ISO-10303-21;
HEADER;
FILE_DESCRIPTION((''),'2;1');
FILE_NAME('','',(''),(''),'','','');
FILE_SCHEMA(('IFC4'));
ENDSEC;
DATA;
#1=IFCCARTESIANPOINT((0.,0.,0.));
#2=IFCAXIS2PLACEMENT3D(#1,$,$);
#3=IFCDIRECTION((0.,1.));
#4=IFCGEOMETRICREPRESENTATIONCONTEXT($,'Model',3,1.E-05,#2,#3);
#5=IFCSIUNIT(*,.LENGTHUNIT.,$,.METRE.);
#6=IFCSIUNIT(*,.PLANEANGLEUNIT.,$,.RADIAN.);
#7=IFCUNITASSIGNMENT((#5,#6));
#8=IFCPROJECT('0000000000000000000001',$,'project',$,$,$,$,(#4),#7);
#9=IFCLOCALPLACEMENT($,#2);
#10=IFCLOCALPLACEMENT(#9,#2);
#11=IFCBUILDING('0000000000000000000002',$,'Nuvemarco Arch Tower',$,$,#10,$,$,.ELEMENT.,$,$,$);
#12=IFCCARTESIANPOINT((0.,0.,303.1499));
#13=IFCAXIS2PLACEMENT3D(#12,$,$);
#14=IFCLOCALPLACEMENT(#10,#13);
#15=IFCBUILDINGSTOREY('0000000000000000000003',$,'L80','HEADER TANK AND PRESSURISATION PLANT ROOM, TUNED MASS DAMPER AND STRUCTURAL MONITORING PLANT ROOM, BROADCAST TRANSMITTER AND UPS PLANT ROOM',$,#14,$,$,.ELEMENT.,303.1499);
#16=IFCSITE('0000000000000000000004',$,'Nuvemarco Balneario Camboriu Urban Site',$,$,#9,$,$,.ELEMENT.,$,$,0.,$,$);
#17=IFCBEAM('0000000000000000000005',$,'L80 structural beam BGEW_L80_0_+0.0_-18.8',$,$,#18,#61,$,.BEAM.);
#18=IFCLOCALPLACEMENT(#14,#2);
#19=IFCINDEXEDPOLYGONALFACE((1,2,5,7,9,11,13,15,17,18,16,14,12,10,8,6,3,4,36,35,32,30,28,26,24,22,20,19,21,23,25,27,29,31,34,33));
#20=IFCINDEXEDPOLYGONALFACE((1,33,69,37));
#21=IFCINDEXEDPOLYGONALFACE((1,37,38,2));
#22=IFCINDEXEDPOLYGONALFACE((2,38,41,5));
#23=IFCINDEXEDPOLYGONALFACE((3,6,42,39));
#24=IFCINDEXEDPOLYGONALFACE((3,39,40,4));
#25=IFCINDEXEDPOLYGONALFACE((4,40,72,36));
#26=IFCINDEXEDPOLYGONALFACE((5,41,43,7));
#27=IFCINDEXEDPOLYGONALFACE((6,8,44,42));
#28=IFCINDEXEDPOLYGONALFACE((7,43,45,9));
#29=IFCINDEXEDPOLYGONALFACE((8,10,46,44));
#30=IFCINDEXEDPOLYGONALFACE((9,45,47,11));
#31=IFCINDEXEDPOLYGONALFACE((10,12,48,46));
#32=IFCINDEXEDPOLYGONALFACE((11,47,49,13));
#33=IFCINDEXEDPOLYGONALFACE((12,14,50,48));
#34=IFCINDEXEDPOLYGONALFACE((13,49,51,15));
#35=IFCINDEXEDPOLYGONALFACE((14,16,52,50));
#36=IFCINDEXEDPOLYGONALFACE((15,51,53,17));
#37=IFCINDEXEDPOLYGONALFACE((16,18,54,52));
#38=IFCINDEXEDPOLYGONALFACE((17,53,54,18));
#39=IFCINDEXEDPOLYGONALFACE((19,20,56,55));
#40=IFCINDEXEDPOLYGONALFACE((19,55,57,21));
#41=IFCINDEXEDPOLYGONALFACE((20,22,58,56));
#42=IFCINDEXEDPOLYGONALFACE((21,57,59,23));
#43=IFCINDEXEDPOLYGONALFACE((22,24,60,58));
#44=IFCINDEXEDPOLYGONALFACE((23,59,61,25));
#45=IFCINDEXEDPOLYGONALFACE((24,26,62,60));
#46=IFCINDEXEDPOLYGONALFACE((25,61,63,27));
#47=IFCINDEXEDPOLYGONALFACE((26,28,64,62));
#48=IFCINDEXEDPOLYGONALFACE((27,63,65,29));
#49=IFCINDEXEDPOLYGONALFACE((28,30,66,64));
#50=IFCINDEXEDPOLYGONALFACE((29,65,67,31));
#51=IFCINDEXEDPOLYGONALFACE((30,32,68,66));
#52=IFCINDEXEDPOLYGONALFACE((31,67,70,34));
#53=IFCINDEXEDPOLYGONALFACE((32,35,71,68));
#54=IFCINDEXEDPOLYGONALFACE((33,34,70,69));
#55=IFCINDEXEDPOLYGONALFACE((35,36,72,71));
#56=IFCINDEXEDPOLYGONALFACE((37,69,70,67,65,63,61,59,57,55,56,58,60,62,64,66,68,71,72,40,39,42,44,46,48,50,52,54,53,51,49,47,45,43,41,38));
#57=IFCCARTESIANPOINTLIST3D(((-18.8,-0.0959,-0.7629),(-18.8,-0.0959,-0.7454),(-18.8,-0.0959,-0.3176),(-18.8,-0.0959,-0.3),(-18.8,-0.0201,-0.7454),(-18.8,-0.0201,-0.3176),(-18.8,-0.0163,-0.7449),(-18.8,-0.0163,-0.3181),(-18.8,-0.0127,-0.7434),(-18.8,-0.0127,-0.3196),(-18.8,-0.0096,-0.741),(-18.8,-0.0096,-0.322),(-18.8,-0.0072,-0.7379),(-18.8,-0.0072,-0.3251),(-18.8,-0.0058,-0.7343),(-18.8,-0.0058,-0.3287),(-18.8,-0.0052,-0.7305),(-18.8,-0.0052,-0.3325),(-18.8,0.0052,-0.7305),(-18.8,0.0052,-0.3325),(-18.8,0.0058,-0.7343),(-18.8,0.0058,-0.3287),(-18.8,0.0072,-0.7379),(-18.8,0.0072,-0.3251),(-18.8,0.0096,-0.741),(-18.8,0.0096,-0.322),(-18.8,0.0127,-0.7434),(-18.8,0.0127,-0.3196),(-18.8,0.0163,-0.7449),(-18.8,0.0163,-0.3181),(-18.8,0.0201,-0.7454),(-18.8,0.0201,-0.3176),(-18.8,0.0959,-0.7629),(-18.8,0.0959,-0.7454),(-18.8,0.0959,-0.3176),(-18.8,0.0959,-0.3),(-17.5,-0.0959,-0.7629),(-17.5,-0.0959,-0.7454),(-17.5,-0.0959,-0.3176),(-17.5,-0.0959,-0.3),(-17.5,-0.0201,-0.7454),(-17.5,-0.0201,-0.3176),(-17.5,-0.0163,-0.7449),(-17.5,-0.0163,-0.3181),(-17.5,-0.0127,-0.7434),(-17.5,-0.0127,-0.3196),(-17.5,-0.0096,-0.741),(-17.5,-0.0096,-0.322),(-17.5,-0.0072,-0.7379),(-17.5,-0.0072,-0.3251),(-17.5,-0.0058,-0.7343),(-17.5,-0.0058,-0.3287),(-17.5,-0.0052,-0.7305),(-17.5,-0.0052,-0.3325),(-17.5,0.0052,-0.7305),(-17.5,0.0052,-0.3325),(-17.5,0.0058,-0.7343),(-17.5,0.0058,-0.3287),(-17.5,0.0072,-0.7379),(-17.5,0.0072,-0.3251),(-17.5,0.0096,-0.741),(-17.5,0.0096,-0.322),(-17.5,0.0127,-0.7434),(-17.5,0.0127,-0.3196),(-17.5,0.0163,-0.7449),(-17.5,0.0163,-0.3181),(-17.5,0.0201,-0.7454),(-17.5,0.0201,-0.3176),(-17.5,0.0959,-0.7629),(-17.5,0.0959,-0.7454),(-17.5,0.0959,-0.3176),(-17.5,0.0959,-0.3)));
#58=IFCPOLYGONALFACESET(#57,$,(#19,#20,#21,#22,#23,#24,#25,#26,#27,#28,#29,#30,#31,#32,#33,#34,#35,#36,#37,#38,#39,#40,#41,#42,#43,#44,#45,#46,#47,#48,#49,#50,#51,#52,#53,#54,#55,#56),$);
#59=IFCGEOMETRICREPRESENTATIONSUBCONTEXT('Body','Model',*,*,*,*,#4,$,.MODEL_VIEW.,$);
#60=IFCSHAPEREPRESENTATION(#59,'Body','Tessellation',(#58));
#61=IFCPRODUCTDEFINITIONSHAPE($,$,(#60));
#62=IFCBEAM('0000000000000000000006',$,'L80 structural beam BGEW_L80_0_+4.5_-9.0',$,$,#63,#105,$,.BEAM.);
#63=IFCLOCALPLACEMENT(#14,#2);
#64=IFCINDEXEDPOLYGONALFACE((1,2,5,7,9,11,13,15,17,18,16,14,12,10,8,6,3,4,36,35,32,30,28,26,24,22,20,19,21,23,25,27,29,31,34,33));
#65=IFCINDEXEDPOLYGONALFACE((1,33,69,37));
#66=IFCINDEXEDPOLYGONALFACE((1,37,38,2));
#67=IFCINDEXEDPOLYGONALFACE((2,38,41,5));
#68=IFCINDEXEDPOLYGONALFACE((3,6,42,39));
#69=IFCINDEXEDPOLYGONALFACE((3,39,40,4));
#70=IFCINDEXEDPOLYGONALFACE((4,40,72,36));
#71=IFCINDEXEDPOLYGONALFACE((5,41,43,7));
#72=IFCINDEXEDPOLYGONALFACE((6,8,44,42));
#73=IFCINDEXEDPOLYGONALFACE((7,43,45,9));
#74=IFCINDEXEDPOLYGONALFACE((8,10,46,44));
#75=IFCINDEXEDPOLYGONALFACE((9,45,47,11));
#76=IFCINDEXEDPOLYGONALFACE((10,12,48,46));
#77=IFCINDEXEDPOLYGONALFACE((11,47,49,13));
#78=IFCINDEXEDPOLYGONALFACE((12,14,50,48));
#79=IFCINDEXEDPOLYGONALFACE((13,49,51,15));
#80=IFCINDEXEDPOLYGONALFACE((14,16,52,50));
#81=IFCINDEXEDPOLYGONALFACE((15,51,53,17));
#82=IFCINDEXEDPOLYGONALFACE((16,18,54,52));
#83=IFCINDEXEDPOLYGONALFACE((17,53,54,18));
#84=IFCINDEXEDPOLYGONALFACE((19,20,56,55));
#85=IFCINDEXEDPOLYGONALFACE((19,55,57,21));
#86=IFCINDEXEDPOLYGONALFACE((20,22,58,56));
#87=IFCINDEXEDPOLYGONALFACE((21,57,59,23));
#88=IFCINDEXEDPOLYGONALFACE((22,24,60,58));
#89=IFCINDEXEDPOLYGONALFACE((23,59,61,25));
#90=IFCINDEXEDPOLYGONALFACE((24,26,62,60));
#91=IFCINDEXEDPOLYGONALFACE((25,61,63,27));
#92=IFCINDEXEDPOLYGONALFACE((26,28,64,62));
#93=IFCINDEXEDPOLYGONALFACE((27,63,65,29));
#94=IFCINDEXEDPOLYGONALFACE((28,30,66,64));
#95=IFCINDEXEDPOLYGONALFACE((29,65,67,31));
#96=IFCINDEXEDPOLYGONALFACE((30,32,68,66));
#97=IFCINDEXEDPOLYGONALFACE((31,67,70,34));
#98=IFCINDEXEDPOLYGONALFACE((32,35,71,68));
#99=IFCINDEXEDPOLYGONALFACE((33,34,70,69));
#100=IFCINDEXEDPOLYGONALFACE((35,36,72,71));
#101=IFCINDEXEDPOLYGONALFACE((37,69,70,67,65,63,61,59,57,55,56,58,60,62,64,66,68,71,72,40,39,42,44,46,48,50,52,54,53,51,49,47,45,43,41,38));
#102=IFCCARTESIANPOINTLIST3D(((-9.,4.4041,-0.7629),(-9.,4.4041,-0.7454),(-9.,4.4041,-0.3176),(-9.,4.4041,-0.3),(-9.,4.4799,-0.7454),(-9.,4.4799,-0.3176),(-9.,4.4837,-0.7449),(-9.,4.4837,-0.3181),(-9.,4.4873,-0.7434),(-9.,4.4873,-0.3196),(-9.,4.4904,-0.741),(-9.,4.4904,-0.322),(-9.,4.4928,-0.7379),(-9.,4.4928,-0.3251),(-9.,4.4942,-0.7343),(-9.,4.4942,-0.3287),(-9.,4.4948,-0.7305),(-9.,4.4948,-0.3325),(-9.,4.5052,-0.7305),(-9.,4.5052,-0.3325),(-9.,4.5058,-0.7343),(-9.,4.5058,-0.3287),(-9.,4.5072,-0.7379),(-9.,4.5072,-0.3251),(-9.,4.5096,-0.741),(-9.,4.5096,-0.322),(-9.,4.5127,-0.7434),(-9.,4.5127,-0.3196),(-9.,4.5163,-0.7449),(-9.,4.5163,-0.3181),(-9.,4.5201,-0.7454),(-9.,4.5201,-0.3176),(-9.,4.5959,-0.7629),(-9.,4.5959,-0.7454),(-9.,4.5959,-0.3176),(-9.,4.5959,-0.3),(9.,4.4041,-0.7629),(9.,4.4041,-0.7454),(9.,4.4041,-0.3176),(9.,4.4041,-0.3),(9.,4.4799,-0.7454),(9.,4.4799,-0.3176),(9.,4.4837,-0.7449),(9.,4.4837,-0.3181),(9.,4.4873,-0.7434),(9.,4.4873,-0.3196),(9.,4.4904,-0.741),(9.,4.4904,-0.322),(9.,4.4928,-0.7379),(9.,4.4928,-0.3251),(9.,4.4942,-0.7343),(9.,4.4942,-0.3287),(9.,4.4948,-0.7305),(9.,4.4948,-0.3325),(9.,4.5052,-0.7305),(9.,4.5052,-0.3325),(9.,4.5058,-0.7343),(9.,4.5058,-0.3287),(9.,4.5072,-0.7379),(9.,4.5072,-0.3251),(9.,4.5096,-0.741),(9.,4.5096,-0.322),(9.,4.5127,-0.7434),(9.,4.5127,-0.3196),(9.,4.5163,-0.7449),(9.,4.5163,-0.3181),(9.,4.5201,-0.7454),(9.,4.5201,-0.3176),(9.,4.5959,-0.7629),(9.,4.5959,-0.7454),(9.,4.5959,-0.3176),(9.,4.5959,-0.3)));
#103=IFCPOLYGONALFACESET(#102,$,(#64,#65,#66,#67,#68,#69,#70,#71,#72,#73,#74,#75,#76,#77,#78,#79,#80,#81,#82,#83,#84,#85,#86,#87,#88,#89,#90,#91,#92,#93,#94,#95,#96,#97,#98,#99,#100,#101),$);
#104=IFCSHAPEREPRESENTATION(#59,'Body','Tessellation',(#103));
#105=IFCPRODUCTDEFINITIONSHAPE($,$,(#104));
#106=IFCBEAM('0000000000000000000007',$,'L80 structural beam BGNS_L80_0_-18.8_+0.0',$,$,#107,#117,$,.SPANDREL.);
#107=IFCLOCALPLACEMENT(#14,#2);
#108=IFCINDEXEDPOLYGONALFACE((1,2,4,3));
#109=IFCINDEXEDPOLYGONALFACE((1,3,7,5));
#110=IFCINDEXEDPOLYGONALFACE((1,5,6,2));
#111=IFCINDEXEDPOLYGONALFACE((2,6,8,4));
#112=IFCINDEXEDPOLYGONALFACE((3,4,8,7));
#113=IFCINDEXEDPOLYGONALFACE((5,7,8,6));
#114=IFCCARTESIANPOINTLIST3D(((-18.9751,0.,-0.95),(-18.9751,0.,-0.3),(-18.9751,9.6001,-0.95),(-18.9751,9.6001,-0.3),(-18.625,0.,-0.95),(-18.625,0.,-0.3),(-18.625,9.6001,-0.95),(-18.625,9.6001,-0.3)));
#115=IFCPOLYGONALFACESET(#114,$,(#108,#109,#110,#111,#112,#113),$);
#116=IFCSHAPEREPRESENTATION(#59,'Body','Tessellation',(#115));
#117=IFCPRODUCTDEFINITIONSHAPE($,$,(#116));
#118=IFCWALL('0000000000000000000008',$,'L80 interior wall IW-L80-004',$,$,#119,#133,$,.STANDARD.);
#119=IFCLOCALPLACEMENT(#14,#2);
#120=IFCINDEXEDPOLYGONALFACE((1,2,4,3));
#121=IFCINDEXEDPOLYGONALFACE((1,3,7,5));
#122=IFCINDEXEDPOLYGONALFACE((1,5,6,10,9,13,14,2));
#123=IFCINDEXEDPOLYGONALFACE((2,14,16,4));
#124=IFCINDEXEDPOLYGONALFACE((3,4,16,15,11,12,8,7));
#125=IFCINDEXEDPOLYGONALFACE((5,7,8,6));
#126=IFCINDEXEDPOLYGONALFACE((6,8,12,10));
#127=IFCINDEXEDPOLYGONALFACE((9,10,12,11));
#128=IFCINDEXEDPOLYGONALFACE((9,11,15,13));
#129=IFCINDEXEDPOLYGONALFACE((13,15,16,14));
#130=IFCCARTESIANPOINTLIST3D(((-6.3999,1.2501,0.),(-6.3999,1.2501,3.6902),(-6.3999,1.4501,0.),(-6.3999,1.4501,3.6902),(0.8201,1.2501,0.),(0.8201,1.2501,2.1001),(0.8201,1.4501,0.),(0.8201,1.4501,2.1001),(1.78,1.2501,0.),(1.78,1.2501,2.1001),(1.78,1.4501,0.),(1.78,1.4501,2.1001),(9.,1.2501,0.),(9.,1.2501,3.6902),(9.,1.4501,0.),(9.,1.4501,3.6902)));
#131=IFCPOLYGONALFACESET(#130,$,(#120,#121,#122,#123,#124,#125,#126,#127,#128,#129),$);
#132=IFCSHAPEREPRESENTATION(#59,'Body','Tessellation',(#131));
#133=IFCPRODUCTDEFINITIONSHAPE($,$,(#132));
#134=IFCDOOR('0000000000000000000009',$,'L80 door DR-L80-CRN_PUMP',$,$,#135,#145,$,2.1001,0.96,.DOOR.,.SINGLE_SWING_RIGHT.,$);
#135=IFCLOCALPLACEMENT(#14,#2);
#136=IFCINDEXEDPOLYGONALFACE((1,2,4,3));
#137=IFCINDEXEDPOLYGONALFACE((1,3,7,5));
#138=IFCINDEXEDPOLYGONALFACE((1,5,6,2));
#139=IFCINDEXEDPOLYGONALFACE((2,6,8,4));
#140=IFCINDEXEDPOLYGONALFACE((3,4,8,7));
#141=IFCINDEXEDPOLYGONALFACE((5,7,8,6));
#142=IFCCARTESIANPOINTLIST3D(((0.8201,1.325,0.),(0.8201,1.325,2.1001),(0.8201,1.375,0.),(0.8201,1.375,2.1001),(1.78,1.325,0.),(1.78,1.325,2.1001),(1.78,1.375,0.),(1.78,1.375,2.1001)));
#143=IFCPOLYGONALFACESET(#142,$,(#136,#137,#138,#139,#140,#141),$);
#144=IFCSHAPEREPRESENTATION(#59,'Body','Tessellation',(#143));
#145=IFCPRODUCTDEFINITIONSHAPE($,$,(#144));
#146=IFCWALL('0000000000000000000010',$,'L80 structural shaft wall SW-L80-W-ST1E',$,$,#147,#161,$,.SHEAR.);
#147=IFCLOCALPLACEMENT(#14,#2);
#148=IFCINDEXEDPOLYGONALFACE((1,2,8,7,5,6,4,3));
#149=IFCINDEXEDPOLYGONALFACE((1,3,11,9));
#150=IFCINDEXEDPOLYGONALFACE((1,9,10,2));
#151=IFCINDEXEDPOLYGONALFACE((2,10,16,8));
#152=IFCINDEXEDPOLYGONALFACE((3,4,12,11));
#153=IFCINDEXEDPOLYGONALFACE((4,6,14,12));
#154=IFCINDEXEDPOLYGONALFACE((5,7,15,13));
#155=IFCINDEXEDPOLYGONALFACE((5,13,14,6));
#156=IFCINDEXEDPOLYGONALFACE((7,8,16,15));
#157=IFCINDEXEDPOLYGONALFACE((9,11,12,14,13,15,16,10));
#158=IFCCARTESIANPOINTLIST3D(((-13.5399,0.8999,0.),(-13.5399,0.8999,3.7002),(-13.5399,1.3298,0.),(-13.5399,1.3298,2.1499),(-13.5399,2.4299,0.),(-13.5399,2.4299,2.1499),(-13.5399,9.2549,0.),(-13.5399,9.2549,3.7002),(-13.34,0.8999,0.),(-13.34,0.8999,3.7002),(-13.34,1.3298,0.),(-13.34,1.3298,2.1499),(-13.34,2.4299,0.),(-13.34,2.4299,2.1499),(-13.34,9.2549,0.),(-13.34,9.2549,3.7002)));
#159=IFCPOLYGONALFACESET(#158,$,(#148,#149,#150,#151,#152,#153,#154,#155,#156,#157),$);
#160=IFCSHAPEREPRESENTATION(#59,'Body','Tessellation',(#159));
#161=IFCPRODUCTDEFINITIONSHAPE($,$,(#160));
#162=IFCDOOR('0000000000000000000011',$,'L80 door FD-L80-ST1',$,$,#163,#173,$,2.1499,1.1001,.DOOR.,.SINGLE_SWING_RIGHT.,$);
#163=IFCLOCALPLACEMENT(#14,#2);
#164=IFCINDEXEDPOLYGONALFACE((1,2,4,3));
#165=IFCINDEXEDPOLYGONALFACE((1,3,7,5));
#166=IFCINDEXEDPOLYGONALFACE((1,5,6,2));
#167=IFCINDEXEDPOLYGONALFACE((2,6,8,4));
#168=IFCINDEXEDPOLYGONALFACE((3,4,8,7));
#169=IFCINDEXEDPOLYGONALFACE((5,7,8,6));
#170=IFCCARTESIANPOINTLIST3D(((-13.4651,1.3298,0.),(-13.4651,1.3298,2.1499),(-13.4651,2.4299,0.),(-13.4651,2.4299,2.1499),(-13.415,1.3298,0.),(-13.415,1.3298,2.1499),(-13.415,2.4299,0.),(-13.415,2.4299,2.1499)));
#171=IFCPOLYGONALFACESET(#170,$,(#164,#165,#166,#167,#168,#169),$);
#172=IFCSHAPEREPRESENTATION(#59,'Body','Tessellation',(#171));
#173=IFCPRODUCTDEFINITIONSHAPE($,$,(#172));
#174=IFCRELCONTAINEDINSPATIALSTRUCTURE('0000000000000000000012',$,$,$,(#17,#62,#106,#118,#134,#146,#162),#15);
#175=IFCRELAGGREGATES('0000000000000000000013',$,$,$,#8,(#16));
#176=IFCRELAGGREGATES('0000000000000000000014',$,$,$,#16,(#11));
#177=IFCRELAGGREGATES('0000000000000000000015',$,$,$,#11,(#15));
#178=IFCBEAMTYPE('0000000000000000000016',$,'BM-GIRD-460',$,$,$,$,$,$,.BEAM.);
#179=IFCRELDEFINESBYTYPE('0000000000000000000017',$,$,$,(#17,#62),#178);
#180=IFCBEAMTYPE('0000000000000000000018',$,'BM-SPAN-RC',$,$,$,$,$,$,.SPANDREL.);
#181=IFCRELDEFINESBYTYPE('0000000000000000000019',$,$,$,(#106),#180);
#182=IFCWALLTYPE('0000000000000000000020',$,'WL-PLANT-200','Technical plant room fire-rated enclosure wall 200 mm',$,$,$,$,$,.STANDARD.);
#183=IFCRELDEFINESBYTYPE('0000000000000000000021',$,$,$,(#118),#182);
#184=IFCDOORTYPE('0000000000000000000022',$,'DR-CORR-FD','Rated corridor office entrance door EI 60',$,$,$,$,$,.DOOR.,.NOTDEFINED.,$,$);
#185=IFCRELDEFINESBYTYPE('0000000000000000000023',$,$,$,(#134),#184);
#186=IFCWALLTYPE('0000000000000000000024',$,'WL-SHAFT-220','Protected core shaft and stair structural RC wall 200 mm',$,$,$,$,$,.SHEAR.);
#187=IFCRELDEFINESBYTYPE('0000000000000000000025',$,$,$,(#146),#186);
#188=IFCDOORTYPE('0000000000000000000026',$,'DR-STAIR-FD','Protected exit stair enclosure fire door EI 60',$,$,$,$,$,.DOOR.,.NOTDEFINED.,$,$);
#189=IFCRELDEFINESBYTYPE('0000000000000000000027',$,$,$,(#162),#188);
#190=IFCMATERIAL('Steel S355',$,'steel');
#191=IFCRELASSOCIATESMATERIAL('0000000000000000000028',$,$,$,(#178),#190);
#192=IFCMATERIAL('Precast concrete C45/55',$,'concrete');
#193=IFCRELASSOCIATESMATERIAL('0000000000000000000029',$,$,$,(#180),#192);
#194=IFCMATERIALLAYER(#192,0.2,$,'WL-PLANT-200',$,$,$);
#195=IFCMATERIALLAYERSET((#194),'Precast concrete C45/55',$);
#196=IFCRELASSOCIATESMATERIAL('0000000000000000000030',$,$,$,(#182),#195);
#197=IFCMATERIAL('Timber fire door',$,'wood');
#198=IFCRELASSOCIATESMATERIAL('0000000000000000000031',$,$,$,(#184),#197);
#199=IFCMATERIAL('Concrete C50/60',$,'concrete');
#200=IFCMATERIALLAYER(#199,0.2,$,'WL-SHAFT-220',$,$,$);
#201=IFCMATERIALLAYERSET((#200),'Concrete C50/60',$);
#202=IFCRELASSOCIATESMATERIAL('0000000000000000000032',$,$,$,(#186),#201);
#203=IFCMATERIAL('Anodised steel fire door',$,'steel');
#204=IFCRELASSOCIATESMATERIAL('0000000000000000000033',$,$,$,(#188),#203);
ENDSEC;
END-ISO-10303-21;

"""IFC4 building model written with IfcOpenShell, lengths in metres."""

from ifc_helpers import new_model, si_unit, direction, frame, frame_2d, origin, origin_2d, place, context, subcontext, project, spatial, rectangle, i_section, extrude, source, transform, mapped, material, layer, layer_set, material_profile, profile_set, type_object, type_shapes, element, fill, save


model = new_model("IFC4")

# Units and contexts
model_context = context("Model", 3, precision=1e-05, world=origin(), true_north=direction((0.0, 1.0)))
body_context = subcontext(model_context, "Body", "Model", "MODEL_VIEW")
ifc_project = project(units=[si_unit("LENGTHUNIT", "METRE"), si_unit("PLANEANGLEUNIT", "RADIAN")], contexts=[model_context])

# Site, building, storey
site_placement = place(None, origin())
site = spatial("IfcSite", under=ifc_project, at=site_placement, Name="Nuvemarco Balneario Camboriu Urban Site", CompositionType="ELEMENT", RefElevation=0.0)
building_placement = place(site_placement, origin())
building = spatial("IfcBuilding", under=site, at=building_placement, Name="Nuvemarco Arch Tower", CompositionType="ELEMENT")
storey_placement = place(building_placement, frame((0.0, 0.0, 303.1499)))
storey = spatial("IfcBuildingStorey", under=building, at=storey_placement, Name="L80", Description="HEADER TANK AND PRESSURISATION PLANT ROOM, TUNED MASS DAMPER AND STRUCTURAL MONITORING PLANT ROOM, BROADCAST TRANSMITTER AND UPS PLANT ROOM", CompositionType="ELEMENT", Elevation=303.1499)

# Shared definitions
ifc_material_1 = material(Name="Concrete C50/60", Category="concrete")

# Beams
ifc_material_2 = material(Name="Steel S355", Category="steel")
ifc_material_profile_1 = material_profile(ifc_material_2, i_section(OverallWidth=0.1919, OverallDepth=0.4629, WebThickness=0.0105, FlangeThickness=0.0176, FilletRadius=0.0149, at=origin_2d()), Name="W460x89")
ifc_profile_set_1 = profile_set([ifc_material_profile_1], Name="Steel S355")
beam_type_1 = type_object("IfcBeamType", Name="BM-GIRD-460", PredefinedType="BEAM", material=ifc_profile_set_1)
beam_1_placement = place(storey_placement, frame((-18.8, 0.0, -0.5315), z_axis=(1.0, 0.0, 0.0), x_axis=(0.0, 1.0, 0.0)))
element("IfcBeam", 1, at=beam_1_placement, inside=storey, type_object=beam_type_1, Name="L80 structural beam BGEW_L80_0_+0.0_-18.8", PredefinedType="BEAM", context=body_context, shape_type="SweptSolid", body=[
    extrude(i_section(OverallWidth=0.1919, OverallDepth=0.4629, WebThickness=0.0105, FlangeThickness=0.0176, FilletRadius=0.0149, at=origin_2d()), origin(), (0.0, 0.0, 1.0), 1.3),
])
beam_2_placement = place(storey_placement, frame((-9.0, 4.5, -0.5315), z_axis=(1.0, 0.0, 0.0), x_axis=(0.0, 1.0, 0.0)))
element("IfcBeam", 2, at=beam_2_placement, inside=storey, type_object=beam_type_1, Name="L80 structural beam BGEW_L80_0_+4.5_-9.0", PredefinedType="BEAM", context=body_context, shape_type="SweptSolid", body=[
    extrude(i_section(OverallWidth=0.1919, OverallDepth=0.4629, WebThickness=0.0105, FlangeThickness=0.0176, FilletRadius=0.0149, at=origin_2d()), origin(), (0.0, 0.0, 1.0), 18.0),
])
ifc_material_3 = material(Name="Precast concrete C45/55", Category="concrete")
ifc_material_profile_2 = material_profile(ifc_material_3, rectangle(XDim=0.3501, YDim=0.6499, at=origin_2d()), Name="PC-SP-350x650")
ifc_profile_set_2 = profile_set([ifc_material_profile_2], Name="Precast concrete C45/55")
beam_type_2 = type_object("IfcBeamType", Name="BM-SPAN-RC", PredefinedType="SPANDREL", material=ifc_profile_set_2)
beam_3_placement = place(storey_placement, frame((-18.8, 0.0, -0.625), z_axis=(0.0, 1.0, 0.0), x_axis=(-1.0, 0.0, 0.0)))
element("IfcBeam", 3, at=beam_3_placement, inside=storey, type_object=beam_type_2, Name="L80 structural beam BGNS_L80_0_-18.8_+0.0", PredefinedType="SPANDREL", context=body_context, shape_type="SweptSolid", body=[
    extrude(rectangle(XDim=0.3501, YDim=0.6499, at=origin_2d()), origin(), (0.0, 0.0, 1.0), 9.6001),
])

# Walls, openings, doors
ifc_layer_1 = layer(ifc_material_3, 0.2, Name="WL-PLANT-200")
ifc_layer_set_1 = layer_set([ifc_layer_1], Name="Precast concrete C45/55")
wall_type_1 = type_object("IfcWallType", Name="WL-PLANT-200", Description="Technical plant room fire-rated enclosure wall 200 mm", PredefinedType="STANDARD", material=ifc_layer_set_1)
wall_1_placement = place(storey_placement, frame((-6.3999, 1.3501, 0.0), z_axis=(0.0, 0.0, 1.0), x_axis=(1.0, 0.0, 0.0)))
wall_1 = element("IfcWall", 4, at=wall_1_placement, inside=storey, type_object=wall_type_1, Name="L80 interior wall IW-L80-004", PredefinedType="STANDARD", context=body_context, shape_type="SweptSolid", body=[
    extrude(rectangle(XDim=15.3999, YDim=0.2, at=frame_2d((7.7, 0.0))), origin(), (0.0, 0.0, 1.0), 3.6902),
])
opening_1_placement = place(wall_1_placement, frame((7.22, 0.0, 0.0)))
opening_1 = element("IfcOpeningElement", 5, at=opening_1_placement, cuts=wall_1, PredefinedType="OPENING", context=body_context, shape_type="SweptSolid", body=[
    extrude(rectangle(XDim=0.96, YDim=2.1001, at=frame_2d((0.48, 1.05))), frame((0.0, 0.1099, 0.0), z_axis=(0.0, -1.0, 0.0), x_axis=(1.0, 0.0, 0.0)), (0.0, 0.0, 1.0), 0.22),
])
ifc_material_4 = material(Name="Timber fire door", Category="wood")
door_type_1 = type_object("IfcDoorType", Name="DR-CORR-FD", Description="Rated corridor office entrance door EI 60", OperationType="NOTDEFINED", PredefinedType="DOOR", material=ifc_material_4)
shared_shape_1 = source(origin(), body_context, "Body", "SweptSolid", [
    extrude(rectangle(XDim=0.96, YDim=2.1001, at=frame_2d((0.48, 1.05))), frame((0.0, 0.0249, 0.0), z_axis=(0.0, -1.0, 0.0), x_axis=(1.0, 0.0, 0.0)), (0.0, 0.0, 1.0), 0.05),
])
type_shapes(door_type_1, [shared_shape_1])
door_1_placement = place(opening_1_placement, origin())
door_1 = element("IfcDoor", 6, at=door_1_placement, inside=storey, type_object=door_type_1, Name="L80 door DR-L80-CRN_PUMP", OperationType="SINGLE_SWING_RIGHT", OverallHeight=2.1001, OverallWidth=0.96, PredefinedType="DOOR", context=body_context, shape_type="MappedRepresentation", body=[
    mapped(shared_shape_1, transform((0.0, 0.0, 0.0), scale=1.0)),
])
fill(opening_1, door_1)
ifc_layer_2 = layer(ifc_material_1, 0.2, Name="WL-SHAFT-220")
ifc_layer_set_2 = layer_set([ifc_layer_2], Name="Concrete C50/60")
wall_type_2 = type_object("IfcWallType", Name="WL-SHAFT-220", Description="Protected core shaft and stair structural RC wall 200 mm", PredefinedType="SHEAR", material=ifc_layer_set_2)
wall_2_placement = place(storey_placement, frame((-13.4399, 0.8999, 0.0), z_axis=(0.0, 0.0, 1.0), x_axis=(0.0, 1.0, 0.0)))
wall_2 = element("IfcWall", 7, at=wall_2_placement, inside=storey, type_object=wall_type_2, Name="L80 structural shaft wall SW-L80-W-ST1E", PredefinedType="SHEAR", context=body_context, shape_type="SweptSolid", body=[
    extrude(rectangle(XDim=8.355, YDim=0.2, at=frame_2d((4.1775, 0.0))), origin(), (0.0, 0.0, 1.0), 3.7002),
])
opening_2_placement = place(wall_2_placement, frame((1.53, 0.0, 0.0), z_axis=(0.0, 0.0, 1.0), x_axis=(-1.0, 0.0, 0.0)))
opening_2 = element("IfcOpeningElement", 8, at=opening_2_placement, cuts=wall_2, PredefinedType="OPENING", context=body_context, shape_type="SweptSolid", body=[
    extrude(rectangle(XDim=1.1001, YDim=2.1499, at=frame_2d((0.55, 1.075))), frame((0.0, 0.1099, 0.0), z_axis=(0.0, -1.0, 0.0), x_axis=(1.0, 0.0, 0.0)), (0.0, 0.0, 1.0), 0.22),
])
ifc_material_5 = material(Name="Anodised steel fire door", Category="steel")
door_type_2 = type_object("IfcDoorType", Name="DR-STAIR-FD", Description="Protected exit stair enclosure fire door EI 60", OperationType="NOTDEFINED", PredefinedType="DOOR", material=ifc_material_5)
shared_shape_2 = source(origin(), body_context, "Body", "SweptSolid", [
    extrude(rectangle(XDim=1.1001, YDim=2.1499, at=frame_2d((0.55, 1.075))), frame((0.0, 0.0249, 0.0), z_axis=(0.0, -1.0, 0.0), x_axis=(1.0, 0.0, 0.0)), (0.0, 0.0, 1.0), 0.05),
])
type_shapes(door_type_2, [shared_shape_2])
door_2_placement = place(opening_2_placement, origin())
door_2 = element("IfcDoor", 9, at=door_2_placement, inside=storey, type_object=door_type_2, Name="L80 door FD-L80-ST1", OperationType="SINGLE_SWING_RIGHT", OverallHeight=2.1499, OverallWidth=1.1001, PredefinedType="DOOR", context=body_context, shape_type="MappedRepresentation", body=[
    mapped(shared_shape_2, transform((0.0, 0.0, 0.0), scale=1.0)),
])
fill(opening_2, door_2)

save(model, "model.ifc")
